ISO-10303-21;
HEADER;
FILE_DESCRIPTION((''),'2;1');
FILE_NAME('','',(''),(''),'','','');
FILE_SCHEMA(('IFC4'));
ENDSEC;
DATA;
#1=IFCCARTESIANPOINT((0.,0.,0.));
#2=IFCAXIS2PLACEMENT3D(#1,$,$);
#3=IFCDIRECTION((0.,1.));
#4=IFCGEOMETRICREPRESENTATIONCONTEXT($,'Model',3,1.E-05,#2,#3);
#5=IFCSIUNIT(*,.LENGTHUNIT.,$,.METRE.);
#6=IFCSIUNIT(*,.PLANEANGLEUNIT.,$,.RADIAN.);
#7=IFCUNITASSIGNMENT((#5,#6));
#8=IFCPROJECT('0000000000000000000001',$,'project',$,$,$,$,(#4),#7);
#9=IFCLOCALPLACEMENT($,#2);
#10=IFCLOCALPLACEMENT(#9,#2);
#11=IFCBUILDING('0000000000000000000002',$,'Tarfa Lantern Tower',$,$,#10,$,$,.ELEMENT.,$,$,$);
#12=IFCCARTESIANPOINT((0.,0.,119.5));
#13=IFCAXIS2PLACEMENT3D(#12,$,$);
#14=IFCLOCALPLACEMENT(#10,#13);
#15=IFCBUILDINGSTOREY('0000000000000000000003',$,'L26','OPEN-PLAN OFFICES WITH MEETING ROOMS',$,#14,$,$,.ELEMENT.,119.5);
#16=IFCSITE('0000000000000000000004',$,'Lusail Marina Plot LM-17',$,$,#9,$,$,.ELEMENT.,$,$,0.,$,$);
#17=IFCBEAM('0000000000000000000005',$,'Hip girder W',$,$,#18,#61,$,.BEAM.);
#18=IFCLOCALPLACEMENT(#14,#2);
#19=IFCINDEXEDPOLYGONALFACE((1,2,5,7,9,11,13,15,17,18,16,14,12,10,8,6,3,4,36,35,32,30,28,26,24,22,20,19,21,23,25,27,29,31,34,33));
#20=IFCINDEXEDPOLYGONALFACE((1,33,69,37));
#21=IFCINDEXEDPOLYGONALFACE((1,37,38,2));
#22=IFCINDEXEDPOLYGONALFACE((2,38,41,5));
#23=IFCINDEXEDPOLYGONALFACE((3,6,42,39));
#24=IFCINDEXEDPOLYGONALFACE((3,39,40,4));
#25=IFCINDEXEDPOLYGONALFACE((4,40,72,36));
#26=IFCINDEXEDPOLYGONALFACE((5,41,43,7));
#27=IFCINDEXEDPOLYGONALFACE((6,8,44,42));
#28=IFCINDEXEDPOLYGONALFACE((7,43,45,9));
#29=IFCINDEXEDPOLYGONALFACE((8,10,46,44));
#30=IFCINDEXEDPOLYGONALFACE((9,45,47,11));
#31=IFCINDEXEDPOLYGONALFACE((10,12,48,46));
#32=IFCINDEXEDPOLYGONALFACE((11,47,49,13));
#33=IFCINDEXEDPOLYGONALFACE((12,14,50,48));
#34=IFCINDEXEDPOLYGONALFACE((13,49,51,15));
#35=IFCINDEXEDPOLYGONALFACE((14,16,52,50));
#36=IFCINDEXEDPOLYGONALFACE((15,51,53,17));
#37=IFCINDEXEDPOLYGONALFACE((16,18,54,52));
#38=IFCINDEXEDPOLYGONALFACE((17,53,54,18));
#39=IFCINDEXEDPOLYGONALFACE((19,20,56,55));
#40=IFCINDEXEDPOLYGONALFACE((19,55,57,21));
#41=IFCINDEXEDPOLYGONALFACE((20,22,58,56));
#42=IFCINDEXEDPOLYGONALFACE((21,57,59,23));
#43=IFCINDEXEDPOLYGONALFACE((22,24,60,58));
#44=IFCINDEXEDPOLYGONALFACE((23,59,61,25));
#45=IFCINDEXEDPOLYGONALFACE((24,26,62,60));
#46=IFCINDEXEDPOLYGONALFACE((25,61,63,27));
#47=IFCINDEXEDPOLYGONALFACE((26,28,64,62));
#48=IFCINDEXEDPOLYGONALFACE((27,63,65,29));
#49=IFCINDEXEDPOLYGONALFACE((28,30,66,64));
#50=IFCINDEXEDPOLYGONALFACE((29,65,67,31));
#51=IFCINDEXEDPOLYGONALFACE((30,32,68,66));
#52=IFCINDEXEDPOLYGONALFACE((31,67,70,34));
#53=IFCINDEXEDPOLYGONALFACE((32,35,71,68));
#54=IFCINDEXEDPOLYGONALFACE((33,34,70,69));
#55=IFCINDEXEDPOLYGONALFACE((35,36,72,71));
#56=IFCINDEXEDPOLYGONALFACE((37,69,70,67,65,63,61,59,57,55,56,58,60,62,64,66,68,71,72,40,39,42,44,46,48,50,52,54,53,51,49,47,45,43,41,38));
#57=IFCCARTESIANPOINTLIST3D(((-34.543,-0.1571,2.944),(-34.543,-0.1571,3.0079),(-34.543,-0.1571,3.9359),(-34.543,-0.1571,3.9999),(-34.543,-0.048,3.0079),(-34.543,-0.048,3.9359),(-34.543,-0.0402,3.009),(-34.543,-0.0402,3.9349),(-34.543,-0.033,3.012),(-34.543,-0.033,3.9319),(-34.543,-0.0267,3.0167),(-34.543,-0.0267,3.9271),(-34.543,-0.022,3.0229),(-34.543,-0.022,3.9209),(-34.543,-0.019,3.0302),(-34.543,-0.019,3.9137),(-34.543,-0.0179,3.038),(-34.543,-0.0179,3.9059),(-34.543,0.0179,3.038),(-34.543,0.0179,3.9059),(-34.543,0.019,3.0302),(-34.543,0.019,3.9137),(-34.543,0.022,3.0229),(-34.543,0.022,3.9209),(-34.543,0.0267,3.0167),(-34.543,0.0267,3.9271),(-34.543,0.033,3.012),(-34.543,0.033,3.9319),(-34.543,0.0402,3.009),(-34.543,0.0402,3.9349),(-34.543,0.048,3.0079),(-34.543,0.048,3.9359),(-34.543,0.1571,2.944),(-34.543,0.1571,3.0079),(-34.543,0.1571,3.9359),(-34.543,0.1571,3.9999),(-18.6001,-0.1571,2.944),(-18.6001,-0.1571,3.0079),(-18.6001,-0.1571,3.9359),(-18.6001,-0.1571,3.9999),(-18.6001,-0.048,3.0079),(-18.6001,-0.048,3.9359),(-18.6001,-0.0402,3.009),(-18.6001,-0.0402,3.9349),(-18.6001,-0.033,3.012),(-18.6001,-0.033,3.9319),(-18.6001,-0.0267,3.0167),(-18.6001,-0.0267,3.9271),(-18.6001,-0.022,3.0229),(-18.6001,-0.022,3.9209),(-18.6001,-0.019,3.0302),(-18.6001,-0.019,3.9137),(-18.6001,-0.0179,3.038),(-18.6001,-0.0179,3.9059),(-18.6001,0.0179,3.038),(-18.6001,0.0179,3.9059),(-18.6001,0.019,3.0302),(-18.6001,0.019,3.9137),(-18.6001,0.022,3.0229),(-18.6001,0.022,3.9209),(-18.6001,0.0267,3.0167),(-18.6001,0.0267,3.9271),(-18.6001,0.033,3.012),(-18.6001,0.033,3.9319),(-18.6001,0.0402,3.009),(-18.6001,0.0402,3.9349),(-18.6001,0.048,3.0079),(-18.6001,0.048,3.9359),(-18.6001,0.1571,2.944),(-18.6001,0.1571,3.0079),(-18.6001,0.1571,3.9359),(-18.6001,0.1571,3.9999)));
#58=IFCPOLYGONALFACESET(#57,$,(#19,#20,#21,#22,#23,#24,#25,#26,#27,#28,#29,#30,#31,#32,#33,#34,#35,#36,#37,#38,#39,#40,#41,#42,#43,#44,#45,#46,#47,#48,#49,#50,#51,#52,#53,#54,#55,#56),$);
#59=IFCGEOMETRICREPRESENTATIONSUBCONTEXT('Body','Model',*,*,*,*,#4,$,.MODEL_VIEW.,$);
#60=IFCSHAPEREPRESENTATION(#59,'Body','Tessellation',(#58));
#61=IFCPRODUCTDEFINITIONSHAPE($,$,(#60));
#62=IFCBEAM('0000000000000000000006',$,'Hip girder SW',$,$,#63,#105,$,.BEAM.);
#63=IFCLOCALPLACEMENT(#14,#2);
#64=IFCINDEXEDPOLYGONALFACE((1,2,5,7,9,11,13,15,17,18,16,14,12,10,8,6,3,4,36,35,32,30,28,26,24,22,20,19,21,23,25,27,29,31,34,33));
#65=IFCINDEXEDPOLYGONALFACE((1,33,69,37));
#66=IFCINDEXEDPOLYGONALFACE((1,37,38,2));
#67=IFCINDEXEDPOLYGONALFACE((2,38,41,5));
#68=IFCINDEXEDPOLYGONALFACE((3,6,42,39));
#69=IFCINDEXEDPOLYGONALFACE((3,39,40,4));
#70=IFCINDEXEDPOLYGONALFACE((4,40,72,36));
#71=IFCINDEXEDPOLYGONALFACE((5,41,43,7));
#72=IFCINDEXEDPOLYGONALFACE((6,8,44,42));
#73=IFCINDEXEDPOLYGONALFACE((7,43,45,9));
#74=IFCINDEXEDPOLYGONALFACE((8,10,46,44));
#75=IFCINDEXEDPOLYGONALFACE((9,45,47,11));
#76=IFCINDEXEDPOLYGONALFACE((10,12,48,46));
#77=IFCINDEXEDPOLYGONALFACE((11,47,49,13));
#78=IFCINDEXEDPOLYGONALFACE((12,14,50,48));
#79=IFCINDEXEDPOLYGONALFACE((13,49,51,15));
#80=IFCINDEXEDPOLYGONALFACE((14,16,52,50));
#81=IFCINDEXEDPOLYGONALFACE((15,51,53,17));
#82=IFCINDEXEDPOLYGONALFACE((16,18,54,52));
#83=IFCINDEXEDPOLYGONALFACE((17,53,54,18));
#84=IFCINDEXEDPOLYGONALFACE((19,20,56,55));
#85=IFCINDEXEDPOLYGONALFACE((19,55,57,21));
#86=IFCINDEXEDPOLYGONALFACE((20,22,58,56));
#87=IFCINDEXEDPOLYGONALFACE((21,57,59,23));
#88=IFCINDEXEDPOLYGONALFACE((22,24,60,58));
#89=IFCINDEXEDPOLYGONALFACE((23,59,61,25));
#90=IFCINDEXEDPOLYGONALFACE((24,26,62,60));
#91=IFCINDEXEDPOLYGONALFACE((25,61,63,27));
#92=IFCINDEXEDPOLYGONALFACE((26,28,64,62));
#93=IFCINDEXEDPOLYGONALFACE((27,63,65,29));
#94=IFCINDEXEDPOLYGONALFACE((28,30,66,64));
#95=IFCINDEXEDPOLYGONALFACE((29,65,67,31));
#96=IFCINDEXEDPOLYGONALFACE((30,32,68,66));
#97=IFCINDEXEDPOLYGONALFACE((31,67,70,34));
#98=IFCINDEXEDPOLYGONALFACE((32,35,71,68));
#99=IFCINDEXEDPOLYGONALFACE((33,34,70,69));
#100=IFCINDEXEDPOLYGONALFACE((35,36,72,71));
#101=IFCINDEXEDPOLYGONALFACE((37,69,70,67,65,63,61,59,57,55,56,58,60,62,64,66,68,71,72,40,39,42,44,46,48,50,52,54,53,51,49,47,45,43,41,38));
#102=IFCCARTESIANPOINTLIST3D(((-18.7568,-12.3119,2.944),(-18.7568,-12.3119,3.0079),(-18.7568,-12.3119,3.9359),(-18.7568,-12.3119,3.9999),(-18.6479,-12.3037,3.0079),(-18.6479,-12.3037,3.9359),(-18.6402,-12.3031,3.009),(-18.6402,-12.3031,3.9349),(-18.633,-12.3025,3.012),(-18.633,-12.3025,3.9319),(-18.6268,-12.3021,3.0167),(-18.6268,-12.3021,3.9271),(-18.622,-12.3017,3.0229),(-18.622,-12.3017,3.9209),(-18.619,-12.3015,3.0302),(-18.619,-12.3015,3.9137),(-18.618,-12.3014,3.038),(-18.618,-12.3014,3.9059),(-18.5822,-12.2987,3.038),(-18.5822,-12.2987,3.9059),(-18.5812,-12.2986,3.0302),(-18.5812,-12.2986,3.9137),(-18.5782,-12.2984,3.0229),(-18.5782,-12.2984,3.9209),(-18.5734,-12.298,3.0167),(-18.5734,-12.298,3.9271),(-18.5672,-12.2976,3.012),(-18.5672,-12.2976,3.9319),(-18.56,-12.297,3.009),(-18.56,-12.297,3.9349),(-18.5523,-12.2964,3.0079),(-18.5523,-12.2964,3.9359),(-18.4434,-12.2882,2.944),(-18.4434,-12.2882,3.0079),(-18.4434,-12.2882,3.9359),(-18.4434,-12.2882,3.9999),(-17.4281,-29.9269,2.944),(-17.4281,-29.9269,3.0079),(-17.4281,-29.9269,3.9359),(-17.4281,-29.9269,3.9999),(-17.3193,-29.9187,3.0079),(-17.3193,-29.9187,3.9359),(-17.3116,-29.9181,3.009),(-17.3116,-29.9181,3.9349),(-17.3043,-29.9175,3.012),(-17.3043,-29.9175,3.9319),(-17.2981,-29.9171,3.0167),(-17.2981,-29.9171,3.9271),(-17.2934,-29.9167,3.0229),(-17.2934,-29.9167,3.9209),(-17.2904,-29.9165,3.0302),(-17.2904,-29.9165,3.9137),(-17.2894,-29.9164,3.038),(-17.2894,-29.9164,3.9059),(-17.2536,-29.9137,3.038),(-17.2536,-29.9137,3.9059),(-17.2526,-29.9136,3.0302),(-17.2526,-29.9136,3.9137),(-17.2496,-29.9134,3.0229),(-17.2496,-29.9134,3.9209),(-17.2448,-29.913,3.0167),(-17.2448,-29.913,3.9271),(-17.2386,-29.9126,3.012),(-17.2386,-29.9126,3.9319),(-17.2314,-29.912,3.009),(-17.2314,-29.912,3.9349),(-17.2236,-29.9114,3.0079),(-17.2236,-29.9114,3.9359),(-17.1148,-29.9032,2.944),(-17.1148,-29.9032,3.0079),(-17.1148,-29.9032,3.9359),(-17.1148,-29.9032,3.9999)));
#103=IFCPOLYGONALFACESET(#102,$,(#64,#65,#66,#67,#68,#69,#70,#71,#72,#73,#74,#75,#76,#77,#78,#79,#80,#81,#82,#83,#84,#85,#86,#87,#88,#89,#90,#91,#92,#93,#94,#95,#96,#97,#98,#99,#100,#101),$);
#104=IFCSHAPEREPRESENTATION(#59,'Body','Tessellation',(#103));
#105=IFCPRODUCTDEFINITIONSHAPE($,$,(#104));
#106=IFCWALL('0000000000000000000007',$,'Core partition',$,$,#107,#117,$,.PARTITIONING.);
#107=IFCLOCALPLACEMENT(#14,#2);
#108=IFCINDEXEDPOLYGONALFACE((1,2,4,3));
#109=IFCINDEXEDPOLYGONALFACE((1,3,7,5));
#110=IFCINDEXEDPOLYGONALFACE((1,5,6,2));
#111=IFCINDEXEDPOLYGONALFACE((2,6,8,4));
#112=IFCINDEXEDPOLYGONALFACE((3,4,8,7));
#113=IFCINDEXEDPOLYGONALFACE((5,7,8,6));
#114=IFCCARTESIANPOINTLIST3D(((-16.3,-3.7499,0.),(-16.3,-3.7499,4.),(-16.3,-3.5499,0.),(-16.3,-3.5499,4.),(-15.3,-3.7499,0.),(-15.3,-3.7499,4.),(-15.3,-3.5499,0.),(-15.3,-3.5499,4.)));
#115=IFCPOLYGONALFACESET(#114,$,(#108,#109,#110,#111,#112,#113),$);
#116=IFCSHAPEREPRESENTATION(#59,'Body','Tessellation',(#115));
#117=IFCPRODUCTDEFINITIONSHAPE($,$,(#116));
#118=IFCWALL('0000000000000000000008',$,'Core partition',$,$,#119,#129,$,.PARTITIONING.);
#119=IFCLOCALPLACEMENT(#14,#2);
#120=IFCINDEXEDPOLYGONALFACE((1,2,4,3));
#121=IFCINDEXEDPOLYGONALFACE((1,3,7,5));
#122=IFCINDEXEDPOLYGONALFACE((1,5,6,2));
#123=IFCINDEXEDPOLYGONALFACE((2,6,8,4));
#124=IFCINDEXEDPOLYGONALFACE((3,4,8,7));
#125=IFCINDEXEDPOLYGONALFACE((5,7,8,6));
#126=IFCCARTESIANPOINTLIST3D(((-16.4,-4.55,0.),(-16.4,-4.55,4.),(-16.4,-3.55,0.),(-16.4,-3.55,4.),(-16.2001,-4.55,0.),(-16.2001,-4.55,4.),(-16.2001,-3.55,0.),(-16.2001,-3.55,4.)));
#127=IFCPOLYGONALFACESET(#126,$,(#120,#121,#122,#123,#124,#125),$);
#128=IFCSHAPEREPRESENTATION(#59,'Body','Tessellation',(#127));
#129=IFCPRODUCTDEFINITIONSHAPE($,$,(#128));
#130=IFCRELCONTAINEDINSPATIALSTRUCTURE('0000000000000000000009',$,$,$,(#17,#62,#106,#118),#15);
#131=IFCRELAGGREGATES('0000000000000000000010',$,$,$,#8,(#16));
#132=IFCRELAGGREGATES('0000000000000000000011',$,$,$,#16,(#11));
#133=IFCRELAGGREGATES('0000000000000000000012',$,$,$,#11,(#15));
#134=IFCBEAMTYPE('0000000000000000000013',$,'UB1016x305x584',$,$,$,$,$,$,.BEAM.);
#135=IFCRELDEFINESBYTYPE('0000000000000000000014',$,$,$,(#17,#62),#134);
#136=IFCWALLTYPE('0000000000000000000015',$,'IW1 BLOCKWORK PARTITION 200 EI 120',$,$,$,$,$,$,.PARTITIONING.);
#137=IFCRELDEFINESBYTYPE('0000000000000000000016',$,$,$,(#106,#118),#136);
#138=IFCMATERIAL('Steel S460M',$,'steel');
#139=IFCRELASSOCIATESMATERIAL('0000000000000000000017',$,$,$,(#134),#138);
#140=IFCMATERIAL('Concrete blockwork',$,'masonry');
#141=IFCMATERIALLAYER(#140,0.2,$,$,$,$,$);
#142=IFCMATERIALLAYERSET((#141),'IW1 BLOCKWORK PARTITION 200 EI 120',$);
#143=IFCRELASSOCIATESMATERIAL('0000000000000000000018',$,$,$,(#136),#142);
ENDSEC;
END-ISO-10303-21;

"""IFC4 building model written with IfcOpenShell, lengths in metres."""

from ifc_helpers import new_model, si_unit, direction, frame, frame_2d, origin, origin_2d, place, context, subcontext, project, spatial, rectangle, i_section, extrude, material, layer, layer_set, material_profile, profile_set, type_object, element, save


model = new_model("IFC4")

# Units and contexts
model_context = context("Model", 3, precision=1e-05, world=origin(), true_north=direction((0.0, 1.0)))
body_context = subcontext(model_context, "Body", "Model", "MODEL_VIEW")
ifc_project = project(units=[si_unit("LENGTHUNIT", "METRE"), si_unit("PLANEANGLEUNIT", "RADIAN")], contexts=[model_context])

# Site, building, storey
site_placement = place(None, origin())
site = spatial("IfcSite", under=ifc_project, at=site_placement, Name="Lusail Marina Plot LM-17", CompositionType="ELEMENT", RefElevation=0.0)
building_placement = place(site_placement, origin())
building = spatial("IfcBuilding", under=site, at=building_placement, Name="Tarfa Lantern Tower", CompositionType="ELEMENT")
storey_placement = place(building_placement, frame((0.0, 0.0, 119.5)))
storey = spatial("IfcBuildingStorey", under=building, at=storey_placement, Name="L26", Description="OPEN-PLAN OFFICES WITH MEETING ROOMS", CompositionType="ELEMENT", Elevation=119.5)

# Beams
ifc_material_1 = material(Name="Steel S460M", Category="steel")
ifc_material_profile = material_profile(ifc_material_1, i_section(OverallWidth=0.3142, OverallDepth=1.0559, WebThickness=0.0359, FlangeThickness=0.064, FilletRadius=0.03, at=origin_2d()), Name="UB1016x305x584")
ifc_profile_set = profile_set([ifc_material_profile], Name="Steel S460M")
beam_type = type_object("IfcBeamType", Name="UB1016x305x584", PredefinedType="BEAM", material=ifc_profile_set)
beam_1_placement = place(storey_placement, frame((-18.6001, 0.0, 3.4719), z_axis=(-1.0, 0.0, 0.0), x_axis=(0.0, -1.0, 0.0)))
element("IfcBeam", 1, at=beam_1_placement, inside=storey, type_object=beam_type, Name="Hip girder W", PredefinedType="BEAM", context=body_context, shape_type="SweptSolid", body=[
    extrude(i_section(OverallWidth=0.3142, OverallDepth=1.0559, WebThickness=0.0359, FlangeThickness=0.064, FilletRadius=0.03, at=origin_2d()), origin(), (0.0, 0.0, 1.0), 15.9429),
])
beam_2_placement = place(storey_placement, frame((-18.6001, -12.3, 3.4719), z_axis=(0.075212, -0.997168, 0.0), x_axis=(0.997168, 0.075212, 0.0)))
element("IfcBeam", 2, at=beam_2_placement, inside=storey, type_object=beam_type, Name="Hip girder SW", PredefinedType="BEAM", context=body_context, shape_type="SweptSolid", body=[
    extrude(i_section(OverallWidth=0.3142, OverallDepth=1.0559, WebThickness=0.0359, FlangeThickness=0.064, FilletRadius=0.03, at=origin_2d()), origin(), (0.0, 0.0, 1.0), 17.665),
])

# Walls
ifc_material_2 = material(Name="Concrete blockwork", Category="masonry")
ifc_layer_1 = layer(ifc_material_2, 0.2)
ifc_layer_set_1 = layer_set([ifc_layer_1], Name="IW1 BLOCKWORK PARTITION 200 EI 120")
wall_type_1 = type_object("IfcWallType", Name="IW1 BLOCKWORK PARTITION 200 EI 120", PredefinedType="PARTITIONING", material=ifc_layer_set_1)
for number, where, z_axis, x_axis, name in (
    (3, (-15.3, -3.6499, 0.0), (0.0, 0.0, 1.0), (-1.0, 0.0, 0.0), "Core partition"),
    (4, (-16.3, -3.55, 0.0), (0.0, 0.0, 1.0), (0.0, -1.0, 0.0), "Core partition"),
):
    element("IfcWall", number, at=place(storey_placement, frame(where, z_axis=z_axis, x_axis=x_axis)), inside=storey, type_object=wall_type_1, Name=name, PredefinedType="PARTITIONING", context=body_context, shape_type="SweptSolid", body=[
        extrude(rectangle(XDim=1.0, YDim=0.2, at=frame_2d((0.5, 0.0))), origin(), (0.0, 0.0, 1.0), 4.0),
    ])

save(model, "model.ifc")
